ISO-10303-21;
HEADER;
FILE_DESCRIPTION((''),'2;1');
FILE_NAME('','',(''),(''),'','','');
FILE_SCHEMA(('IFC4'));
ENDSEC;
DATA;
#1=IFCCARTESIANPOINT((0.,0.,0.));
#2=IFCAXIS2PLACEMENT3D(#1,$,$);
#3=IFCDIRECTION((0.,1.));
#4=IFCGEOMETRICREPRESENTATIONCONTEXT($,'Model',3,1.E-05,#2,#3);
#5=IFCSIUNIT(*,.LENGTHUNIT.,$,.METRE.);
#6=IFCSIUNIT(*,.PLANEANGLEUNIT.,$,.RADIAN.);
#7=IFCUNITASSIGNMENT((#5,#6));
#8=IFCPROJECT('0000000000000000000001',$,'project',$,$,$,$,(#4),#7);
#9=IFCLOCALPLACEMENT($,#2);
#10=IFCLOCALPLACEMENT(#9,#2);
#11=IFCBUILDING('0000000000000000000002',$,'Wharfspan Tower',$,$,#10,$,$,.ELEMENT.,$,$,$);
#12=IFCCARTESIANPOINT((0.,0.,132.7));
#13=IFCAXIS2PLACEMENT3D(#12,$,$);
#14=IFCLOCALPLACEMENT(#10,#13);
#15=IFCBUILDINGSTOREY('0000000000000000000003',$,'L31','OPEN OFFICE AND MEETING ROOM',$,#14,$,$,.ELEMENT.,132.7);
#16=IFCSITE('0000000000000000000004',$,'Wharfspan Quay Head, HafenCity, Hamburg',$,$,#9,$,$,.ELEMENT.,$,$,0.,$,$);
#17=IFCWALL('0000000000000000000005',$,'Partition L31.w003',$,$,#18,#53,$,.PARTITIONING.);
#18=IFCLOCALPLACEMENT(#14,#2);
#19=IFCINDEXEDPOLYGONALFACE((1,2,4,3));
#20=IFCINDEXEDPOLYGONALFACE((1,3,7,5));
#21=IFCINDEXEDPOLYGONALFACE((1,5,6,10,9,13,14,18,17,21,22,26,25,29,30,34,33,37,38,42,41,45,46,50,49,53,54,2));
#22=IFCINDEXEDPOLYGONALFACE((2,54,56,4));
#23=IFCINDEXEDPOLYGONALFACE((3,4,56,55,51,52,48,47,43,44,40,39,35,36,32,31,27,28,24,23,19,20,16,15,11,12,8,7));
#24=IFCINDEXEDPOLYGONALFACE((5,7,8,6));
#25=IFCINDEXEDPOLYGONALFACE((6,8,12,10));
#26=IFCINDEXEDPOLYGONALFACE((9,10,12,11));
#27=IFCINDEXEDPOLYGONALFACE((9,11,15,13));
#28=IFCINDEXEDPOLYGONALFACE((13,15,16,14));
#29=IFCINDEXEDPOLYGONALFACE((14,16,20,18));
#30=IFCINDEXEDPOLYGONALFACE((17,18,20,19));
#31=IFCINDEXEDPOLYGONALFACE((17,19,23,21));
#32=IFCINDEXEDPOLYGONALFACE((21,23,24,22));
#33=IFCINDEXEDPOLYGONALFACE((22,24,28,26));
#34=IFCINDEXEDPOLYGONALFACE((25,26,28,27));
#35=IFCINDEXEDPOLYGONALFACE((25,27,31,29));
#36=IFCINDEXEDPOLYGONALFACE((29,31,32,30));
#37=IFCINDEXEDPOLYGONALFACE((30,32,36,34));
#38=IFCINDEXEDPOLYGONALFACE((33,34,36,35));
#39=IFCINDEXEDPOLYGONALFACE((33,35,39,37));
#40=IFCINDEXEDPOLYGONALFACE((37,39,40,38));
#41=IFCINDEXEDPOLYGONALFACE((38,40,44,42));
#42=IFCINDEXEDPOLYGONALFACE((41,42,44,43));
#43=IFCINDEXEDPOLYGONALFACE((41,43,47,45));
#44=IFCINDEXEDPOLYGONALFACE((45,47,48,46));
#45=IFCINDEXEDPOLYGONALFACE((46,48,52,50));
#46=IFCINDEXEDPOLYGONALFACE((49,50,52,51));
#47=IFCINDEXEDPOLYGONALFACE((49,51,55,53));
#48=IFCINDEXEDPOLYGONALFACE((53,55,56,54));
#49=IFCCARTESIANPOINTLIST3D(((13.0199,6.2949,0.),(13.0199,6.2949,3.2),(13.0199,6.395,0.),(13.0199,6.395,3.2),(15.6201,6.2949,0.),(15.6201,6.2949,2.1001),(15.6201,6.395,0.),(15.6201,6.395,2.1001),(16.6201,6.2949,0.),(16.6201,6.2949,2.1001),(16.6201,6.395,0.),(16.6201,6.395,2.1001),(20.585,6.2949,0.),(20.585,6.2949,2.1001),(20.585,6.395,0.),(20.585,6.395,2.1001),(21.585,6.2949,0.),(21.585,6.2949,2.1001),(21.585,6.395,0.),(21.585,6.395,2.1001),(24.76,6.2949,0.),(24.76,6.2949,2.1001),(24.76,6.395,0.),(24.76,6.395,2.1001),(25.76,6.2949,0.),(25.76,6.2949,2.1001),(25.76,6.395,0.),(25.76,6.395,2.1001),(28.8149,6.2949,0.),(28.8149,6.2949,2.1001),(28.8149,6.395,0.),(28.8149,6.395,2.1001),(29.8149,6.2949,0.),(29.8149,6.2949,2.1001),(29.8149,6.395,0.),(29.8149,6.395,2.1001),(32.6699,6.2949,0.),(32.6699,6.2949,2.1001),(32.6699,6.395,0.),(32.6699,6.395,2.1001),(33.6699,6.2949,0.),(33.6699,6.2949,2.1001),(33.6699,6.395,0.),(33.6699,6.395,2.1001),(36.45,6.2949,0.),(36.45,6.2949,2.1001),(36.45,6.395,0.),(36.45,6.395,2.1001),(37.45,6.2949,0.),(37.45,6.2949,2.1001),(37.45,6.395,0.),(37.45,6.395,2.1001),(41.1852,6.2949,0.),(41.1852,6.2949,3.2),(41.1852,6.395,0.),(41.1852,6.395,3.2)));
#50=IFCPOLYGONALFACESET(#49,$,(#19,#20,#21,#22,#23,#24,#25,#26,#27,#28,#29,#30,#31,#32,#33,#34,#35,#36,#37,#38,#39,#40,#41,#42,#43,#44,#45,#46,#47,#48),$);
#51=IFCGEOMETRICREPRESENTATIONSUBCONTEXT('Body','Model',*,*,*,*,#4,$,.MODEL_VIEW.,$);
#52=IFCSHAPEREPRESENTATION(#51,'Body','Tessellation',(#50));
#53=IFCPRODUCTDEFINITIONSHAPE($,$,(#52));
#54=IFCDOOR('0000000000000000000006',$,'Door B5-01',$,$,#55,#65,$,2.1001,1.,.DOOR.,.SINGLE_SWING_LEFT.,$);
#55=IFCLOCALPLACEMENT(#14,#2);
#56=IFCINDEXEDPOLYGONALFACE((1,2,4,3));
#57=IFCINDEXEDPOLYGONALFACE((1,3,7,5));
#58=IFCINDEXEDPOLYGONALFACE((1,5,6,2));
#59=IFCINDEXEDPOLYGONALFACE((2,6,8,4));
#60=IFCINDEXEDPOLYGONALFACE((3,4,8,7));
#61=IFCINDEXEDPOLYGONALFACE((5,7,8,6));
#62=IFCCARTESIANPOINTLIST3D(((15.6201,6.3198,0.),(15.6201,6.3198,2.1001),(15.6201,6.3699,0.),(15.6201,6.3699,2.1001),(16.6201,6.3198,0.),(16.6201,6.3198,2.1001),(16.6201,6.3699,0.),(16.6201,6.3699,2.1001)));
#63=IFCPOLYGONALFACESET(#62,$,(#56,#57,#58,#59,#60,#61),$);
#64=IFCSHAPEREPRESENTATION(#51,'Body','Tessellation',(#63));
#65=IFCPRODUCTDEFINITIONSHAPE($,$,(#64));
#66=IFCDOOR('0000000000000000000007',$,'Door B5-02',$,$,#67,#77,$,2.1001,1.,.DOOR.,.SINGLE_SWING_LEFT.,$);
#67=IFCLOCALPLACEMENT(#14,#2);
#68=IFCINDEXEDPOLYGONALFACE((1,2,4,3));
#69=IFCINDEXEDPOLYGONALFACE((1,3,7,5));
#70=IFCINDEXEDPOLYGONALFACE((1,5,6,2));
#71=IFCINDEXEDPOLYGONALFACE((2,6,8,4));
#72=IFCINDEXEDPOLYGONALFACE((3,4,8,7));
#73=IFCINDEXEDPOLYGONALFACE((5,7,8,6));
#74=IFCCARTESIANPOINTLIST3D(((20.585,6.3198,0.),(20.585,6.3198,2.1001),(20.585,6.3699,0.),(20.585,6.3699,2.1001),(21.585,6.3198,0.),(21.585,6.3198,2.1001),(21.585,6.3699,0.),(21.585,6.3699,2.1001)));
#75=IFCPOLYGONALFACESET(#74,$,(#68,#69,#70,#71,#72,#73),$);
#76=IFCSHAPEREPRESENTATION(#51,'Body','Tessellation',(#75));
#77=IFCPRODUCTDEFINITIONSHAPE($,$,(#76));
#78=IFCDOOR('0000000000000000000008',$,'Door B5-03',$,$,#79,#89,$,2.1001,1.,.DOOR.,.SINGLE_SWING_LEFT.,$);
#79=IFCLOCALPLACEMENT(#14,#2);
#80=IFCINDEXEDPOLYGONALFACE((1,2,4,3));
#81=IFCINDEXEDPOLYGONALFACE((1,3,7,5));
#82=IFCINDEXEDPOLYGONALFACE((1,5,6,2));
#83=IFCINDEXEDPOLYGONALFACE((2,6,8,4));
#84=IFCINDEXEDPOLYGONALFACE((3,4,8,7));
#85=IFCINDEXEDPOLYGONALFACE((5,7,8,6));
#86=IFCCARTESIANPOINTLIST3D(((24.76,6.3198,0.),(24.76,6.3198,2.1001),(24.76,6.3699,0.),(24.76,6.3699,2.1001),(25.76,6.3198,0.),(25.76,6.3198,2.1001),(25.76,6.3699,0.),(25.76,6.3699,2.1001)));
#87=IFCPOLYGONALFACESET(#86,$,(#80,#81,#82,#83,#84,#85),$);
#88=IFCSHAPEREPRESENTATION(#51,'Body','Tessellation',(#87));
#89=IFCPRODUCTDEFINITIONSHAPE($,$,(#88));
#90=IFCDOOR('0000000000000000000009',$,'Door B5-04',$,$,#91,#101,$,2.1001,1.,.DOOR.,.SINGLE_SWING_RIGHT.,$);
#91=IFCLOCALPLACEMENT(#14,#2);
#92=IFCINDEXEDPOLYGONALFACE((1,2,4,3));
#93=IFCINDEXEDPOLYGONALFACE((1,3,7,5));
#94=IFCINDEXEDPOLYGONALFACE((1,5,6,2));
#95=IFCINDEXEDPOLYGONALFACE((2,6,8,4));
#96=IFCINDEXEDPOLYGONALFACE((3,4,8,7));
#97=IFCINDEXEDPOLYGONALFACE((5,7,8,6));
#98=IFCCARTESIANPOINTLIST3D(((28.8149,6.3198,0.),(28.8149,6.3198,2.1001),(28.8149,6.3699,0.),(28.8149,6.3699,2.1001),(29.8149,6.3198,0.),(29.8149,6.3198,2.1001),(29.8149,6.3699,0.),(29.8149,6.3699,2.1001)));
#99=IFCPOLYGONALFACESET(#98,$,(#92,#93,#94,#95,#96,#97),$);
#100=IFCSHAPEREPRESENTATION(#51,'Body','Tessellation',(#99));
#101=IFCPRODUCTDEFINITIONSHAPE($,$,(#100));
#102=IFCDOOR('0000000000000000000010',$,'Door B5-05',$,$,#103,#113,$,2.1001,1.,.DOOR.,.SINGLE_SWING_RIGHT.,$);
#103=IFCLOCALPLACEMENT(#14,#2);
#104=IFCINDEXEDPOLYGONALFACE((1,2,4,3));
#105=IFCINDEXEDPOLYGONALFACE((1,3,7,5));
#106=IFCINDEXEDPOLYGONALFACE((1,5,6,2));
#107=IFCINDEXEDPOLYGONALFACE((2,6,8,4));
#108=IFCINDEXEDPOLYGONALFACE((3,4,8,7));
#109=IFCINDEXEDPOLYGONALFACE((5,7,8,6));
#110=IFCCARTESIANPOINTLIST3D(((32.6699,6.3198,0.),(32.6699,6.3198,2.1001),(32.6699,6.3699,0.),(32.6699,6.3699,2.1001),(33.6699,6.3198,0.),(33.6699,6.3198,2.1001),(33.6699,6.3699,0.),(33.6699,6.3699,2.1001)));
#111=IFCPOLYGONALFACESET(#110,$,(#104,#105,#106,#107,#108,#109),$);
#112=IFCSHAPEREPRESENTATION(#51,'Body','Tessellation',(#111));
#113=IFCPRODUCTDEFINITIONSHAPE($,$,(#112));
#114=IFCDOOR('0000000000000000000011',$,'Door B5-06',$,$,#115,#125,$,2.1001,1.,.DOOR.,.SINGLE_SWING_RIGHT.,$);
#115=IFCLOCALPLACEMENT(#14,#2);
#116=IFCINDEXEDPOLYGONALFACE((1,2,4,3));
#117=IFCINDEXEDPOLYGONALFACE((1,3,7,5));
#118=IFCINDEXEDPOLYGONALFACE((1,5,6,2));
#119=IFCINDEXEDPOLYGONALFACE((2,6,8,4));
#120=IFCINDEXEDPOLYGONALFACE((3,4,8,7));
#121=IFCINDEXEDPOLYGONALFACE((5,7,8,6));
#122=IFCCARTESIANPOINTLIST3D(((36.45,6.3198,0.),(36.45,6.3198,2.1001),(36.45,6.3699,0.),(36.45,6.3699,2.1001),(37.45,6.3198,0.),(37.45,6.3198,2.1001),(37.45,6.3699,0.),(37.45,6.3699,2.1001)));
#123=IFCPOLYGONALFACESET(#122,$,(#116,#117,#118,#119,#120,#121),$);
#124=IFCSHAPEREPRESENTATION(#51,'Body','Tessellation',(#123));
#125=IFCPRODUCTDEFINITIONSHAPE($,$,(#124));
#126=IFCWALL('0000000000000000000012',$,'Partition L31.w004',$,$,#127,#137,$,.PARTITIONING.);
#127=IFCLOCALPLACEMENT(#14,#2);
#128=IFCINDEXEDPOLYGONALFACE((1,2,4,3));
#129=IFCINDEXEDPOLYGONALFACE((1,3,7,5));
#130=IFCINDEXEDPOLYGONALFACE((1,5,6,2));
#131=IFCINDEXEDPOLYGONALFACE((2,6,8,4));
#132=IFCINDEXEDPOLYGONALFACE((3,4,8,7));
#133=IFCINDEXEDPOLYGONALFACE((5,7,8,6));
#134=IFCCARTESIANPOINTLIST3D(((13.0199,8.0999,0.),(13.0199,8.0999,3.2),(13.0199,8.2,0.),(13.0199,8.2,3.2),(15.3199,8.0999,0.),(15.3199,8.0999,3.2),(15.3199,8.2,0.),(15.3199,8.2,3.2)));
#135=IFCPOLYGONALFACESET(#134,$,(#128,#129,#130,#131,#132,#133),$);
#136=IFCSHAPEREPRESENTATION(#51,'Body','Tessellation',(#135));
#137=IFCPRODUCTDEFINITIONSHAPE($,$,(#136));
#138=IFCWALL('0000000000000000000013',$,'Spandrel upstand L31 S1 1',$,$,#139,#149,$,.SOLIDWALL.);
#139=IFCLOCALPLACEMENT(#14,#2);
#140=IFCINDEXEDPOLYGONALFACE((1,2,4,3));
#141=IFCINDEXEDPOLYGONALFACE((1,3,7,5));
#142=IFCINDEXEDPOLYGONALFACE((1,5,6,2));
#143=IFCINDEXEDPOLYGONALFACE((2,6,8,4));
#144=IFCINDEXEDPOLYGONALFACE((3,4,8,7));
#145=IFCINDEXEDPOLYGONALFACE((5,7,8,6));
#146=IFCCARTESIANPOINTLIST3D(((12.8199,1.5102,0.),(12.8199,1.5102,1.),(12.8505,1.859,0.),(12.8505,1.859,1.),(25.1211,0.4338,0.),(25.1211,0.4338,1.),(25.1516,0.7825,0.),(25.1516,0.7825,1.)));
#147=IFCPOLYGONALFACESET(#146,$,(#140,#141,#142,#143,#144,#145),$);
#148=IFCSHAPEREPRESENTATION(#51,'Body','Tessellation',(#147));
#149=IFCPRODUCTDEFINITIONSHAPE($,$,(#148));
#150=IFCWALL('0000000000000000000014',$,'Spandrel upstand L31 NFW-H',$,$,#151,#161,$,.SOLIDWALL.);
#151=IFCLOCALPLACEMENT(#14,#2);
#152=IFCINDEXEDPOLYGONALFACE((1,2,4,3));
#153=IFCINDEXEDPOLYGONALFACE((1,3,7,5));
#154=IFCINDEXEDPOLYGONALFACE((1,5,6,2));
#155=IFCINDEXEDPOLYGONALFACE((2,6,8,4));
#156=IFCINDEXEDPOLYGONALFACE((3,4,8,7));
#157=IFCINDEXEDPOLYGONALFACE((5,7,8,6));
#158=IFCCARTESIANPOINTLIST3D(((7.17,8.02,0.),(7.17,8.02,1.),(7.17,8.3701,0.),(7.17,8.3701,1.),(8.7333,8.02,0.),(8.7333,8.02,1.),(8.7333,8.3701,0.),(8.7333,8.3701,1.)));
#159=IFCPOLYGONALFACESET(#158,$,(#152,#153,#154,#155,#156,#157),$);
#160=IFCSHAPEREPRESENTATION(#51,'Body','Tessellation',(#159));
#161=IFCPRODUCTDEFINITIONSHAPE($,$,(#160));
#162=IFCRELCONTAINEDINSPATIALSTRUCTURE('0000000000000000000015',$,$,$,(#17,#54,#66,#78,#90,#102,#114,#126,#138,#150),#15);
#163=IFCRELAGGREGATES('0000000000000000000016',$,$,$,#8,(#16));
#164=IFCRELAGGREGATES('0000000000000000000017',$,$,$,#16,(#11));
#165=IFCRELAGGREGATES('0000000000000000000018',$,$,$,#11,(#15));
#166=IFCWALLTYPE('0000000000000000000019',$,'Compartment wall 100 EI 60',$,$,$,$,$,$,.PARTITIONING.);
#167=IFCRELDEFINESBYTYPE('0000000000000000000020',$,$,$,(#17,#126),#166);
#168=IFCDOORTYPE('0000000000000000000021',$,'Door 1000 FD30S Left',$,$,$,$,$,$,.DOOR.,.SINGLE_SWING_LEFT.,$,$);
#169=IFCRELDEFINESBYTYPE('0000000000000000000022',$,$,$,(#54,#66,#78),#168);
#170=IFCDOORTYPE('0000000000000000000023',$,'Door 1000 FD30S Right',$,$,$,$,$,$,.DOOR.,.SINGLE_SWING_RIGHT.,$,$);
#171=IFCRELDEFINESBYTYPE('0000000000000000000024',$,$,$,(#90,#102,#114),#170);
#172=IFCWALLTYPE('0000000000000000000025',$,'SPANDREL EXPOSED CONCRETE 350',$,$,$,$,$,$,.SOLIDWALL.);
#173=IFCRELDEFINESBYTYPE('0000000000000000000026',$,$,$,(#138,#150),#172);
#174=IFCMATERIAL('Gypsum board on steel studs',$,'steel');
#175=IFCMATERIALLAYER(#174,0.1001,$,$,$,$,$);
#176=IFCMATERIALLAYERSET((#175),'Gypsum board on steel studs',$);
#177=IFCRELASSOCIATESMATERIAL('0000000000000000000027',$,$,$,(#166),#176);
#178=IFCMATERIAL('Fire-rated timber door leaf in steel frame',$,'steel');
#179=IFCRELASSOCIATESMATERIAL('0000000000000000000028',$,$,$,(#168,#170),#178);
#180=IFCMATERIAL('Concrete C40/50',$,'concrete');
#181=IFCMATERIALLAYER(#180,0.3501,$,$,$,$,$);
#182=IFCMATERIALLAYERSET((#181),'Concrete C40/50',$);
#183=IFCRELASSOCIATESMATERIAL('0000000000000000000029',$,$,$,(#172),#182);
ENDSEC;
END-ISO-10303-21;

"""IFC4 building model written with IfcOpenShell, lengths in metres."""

from ifc_helpers import new_model, si_unit, direction, frame, frame_2d, origin, place, context, subcontext, project, spatial, rectangle, extrude, material, layer, layer_set, type_object, element, fill, save


model = new_model("IFC4")

# Units and contexts
model_context = context("Model", 3, precision=1e-05, world=origin(), true_north=direction((0.0, 1.0)))
body_context = subcontext(model_context, "Body", "Model", "MODEL_VIEW")
ifc_project = project(units=[si_unit("LENGTHUNIT", "METRE"), si_unit("PLANEANGLEUNIT", "RADIAN")], contexts=[model_context])

# Site, building, storey
site_placement = place(None, origin())
site = spatial("IfcSite", under=ifc_project, at=site_placement, Name="Wharfspan Quay Head, HafenCity, Hamburg", CompositionType="ELEMENT", RefElevation=0.0)
building_placement = place(site_placement, origin())
building = spatial("IfcBuilding", under=site, at=building_placement, Name="Wharfspan Tower", CompositionType="ELEMENT")
storey_placement = place(building_placement, frame((0.0, 0.0, 132.7)))
storey = spatial("IfcBuildingStorey", under=building, at=storey_placement, Name="L31", Description="OPEN OFFICE AND MEETING ROOM", CompositionType="ELEMENT", Elevation=132.7)

# Shared definitions
ifc_material_1 = material(Name="Concrete C40/50", Category="concrete")

# Shared definitions
ifc_material_2 = material(Name="Gypsum board on steel studs", Category="steel")
ifc_layer_1 = layer(ifc_material_2, 0.1001)
ifc_layer_set_1 = layer_set([ifc_layer_1], Name="Gypsum board on steel studs")
wall_type_1 = type_object("IfcWallType", Name="Compartment wall 100 EI 60", PredefinedType="PARTITIONING", material=ifc_layer_set_1)

# Wall, openings, doors
wall_1_placement = place(storey_placement, frame((13.02, 6.345, 0.0), z_axis=(0.0, 0.0, 1.0), x_axis=(1.0, 0.0, 0.0)))
wall_1 = element("IfcWall", 1, at=wall_1_placement, inside=storey, type_object=wall_type_1, Name="Partition L31.w003", PredefinedType="PARTITIONING", context=body_context, shape_type="SweptSolid", body=[
    extrude(rectangle(XDim=28.1653, YDim=0.1001, at=frame_2d((14.0825, 0.0))), origin(), (0.0, 0.0, 1.0), 3.2),
])
opening_1_placement = place(wall_1_placement, frame((2.6001, 0.0, 0.0)))
opening_1 = element("IfcOpeningElement", 2, at=opening_1_placement, cuts=wall_1, PredefinedType="OPENING", context=body_context, shape_type="SweptSolid", body=[
    extrude(rectangle(XDim=1.0, YDim=2.1001, at=frame_2d((0.5, 1.05))), frame((0.0, 0.0601, 0.0), z_axis=(0.0, -1.0, 0.0), x_axis=(1.0, 0.0, 0.0)), (0.0, 0.0, 1.0), 0.1201),
])
opening_2_placement = place(wall_1_placement, frame((7.5649, 0.0, 0.0)))
opening_2 = element("IfcOpeningElement", 3, at=opening_2_placement, cuts=wall_1, PredefinedType="OPENING", context=body_context, shape_type="SweptSolid", body=[
    extrude(rectangle(XDim=1.0, YDim=2.1001, at=frame_2d((0.5, 1.05))), frame((0.0, 0.0601, 0.0), z_axis=(0.0, -1.0, 0.0), x_axis=(1.0, 0.0, 0.0)), (0.0, 0.0, 1.0), 0.1201),
])
opening_3_placement = place(wall_1_placement, frame((11.74, 0.0, 0.0)))
opening_3 = element("IfcOpeningElement", 4, at=opening_3_placement, cuts=wall_1, PredefinedType="OPENING", context=body_context, shape_type="SweptSolid", body=[
    extrude(rectangle(XDim=1.0, YDim=2.1001, at=frame_2d((0.5, 1.05))), frame((0.0, 0.0601, 0.0), z_axis=(0.0, -1.0, 0.0), x_axis=(1.0, 0.0, 0.0)), (0.0, 0.0, 1.0), 0.1201),
])
opening_4_placement = place(wall_1_placement, frame((15.7949, 0.0, 0.0)))
opening_4 = element("IfcOpeningElement", 5, at=opening_4_placement, cuts=wall_1, PredefinedType="OPENING", context=body_context, shape_type="SweptSolid", body=[
    extrude(rectangle(XDim=1.0, YDim=2.1001, at=frame_2d((0.5, 1.05))), frame((0.0, 0.0601, 0.0), z_axis=(0.0, -1.0, 0.0), x_axis=(1.0, 0.0, 0.0)), (0.0, 0.0, 1.0), 0.1201),
])
opening_5_placement = place(wall_1_placement, frame((19.6499, 0.0, 0.0)))
opening_5 = element("IfcOpeningElement", 6, at=opening_5_placement, cuts=wall_1, PredefinedType="OPENING", context=body_context, shape_type="SweptSolid", body=[
    extrude(rectangle(XDim=1.0, YDim=2.1001, at=frame_2d((0.5, 1.05))), frame((0.0, 0.0601, 0.0), z_axis=(0.0, -1.0, 0.0), x_axis=(1.0, 0.0, 0.0)), (0.0, 0.0, 1.0), 0.1201),
])
opening_6_placement = place(wall_1_placement, frame((23.4299, 0.0, 0.0)))
opening_6 = element("IfcOpeningElement", 7, at=opening_6_placement, cuts=wall_1, PredefinedType="OPENING", context=body_context, shape_type="SweptSolid", body=[
    extrude(rectangle(XDim=1.0, YDim=2.1001, at=frame_2d((0.5, 1.05))), frame((0.0, 0.0601, 0.0), z_axis=(0.0, -1.0, 0.0), x_axis=(1.0, 0.0, 0.0)), (0.0, 0.0, 1.0), 0.1201),
])
ifc_material_3 = material(Name="Fire-rated timber door leaf in steel frame", Category="steel")
door_type_1 = type_object("IfcDoorType", Name="Door 1000 FD30S Left", OperationType="SINGLE_SWING_LEFT", PredefinedType="DOOR", material=ifc_material_3)
door_1_placement = place(opening_1_placement, origin())
door_1 = element("IfcDoor", 8, at=door_1_placement, inside=storey, type_object=door_type_1, Name="Door B5-01", OperationType="SINGLE_SWING_LEFT", OverallHeight=2.1001, OverallWidth=1.0, PredefinedType="DOOR", context=body_context, shape_type="SweptSolid", body=[
    extrude(rectangle(XDim=1.0, YDim=2.1001, at=frame_2d((0.5, 1.05))), frame((0.0, 0.0249, 0.0), z_axis=(0.0, -1.0, 0.0), x_axis=(1.0, 0.0, 0.0)), (0.0, 0.0, 1.0), 0.05),
])
fill(opening_1, door_1)
door_2_placement = place(opening_2_placement, origin())
door_2 = element("IfcDoor", 9, at=door_2_placement, inside=storey, type_object=door_type_1, Name="Door B5-02", OperationType="SINGLE_SWING_LEFT", OverallHeight=2.1001, OverallWidth=1.0, PredefinedType="DOOR", context=body_context, shape_type="SweptSolid", body=[
    extrude(rectangle(XDim=1.0, YDim=2.1001, at=frame_2d((0.5, 1.05))), frame((0.0, 0.0249, 0.0), z_axis=(0.0, -1.0, 0.0), x_axis=(1.0, 0.0, 0.0)), (0.0, 0.0, 1.0), 0.05),
])
fill(opening_2, door_2)
door_3_placement = place(opening_3_placement, origin())
door_3 = element("IfcDoor", 10, at=door_3_placement, inside=storey, type_object=door_type_1, Name="Door B5-03", OperationType="SINGLE_SWING_LEFT", OverallHeight=2.1001, OverallWidth=1.0, PredefinedType="DOOR", context=body_context, shape_type="SweptSolid", body=[
    extrude(rectangle(XDim=1.0, YDim=2.1001, at=frame_2d((0.5, 1.05))), frame((0.0, 0.0249, 0.0), z_axis=(0.0, -1.0, 0.0), x_axis=(1.0, 0.0, 0.0)), (0.0, 0.0, 1.0), 0.05),
])
fill(opening_3, door_3)
door_type_2 = type_object("IfcDoorType", Name="Door 1000 FD30S Right", OperationType="SINGLE_SWING_RIGHT", PredefinedType="DOOR", material=ifc_material_3)
door_4_placement = place(opening_4_placement, origin())
door_4 = element("IfcDoor", 11, at=door_4_placement, inside=storey, type_object=door_type_2, Name="Door B5-04", OperationType="SINGLE_SWING_RIGHT", OverallHeight=2.1001, OverallWidth=1.0, PredefinedType="DOOR", context=body_context, shape_type="SweptSolid", body=[
    extrude(rectangle(XDim=1.0, YDim=2.1001, at=frame_2d((0.5, 1.05))), frame((0.0, 0.0249, 0.0), z_axis=(0.0, -1.0, 0.0), x_axis=(1.0, 0.0, 0.0)), (0.0, 0.0, 1.0), 0.05),
])
fill(opening_4, door_4)
door_5_placement = place(opening_5_placement, origin())
door_5 = element("IfcDoor", 12, at=door_5_placement, inside=storey, type_object=door_type_2, Name="Door B5-05", OperationType="SINGLE_SWING_RIGHT", OverallHeight=2.1001, OverallWidth=1.0, PredefinedType="DOOR", context=body_context, shape_type="SweptSolid", body=[
    extrude(rectangle(XDim=1.0, YDim=2.1001, at=frame_2d((0.5, 1.05))), frame((0.0, 0.0249, 0.0), z_axis=(0.0, -1.0, 0.0), x_axis=(1.0, 0.0, 0.0)), (0.0, 0.0, 1.0), 0.05),
])
fill(opening_5, door_5)
door_6_placement = place(opening_6_placement, origin())
door_6 = element("IfcDoor", 13, at=door_6_placement, inside=storey, type_object=door_type_2, Name="Door B5-06", OperationType="SINGLE_SWING_RIGHT", OverallHeight=2.1001, OverallWidth=1.0, PredefinedType="DOOR", context=body_context, shape_type="SweptSolid", body=[
    extrude(rectangle(XDim=1.0, YDim=2.1001, at=frame_2d((0.5, 1.05))), frame((0.0, 0.0249, 0.0), z_axis=(0.0, -1.0, 0.0), x_axis=(1.0, 0.0, 0.0)), (0.0, 0.0, 1.0), 0.05),
])
fill(opening_6, door_6)

# Walls
wall_2_placement = place(storey_placement, frame((13.02, 8.1499, 0.0), z_axis=(0.0, 0.0, 1.0), x_axis=(1.0, 0.0, 0.0)))
element("IfcWall", 14, at=wall_2_placement, inside=storey, type_object=wall_type_1, Name="Partition L31.w004", PredefinedType="PARTITIONING", context=body_context, shape_type="SweptSolid", body=[
    extrude(rectangle(XDim=2.3, YDim=0.1001, at=frame_2d((1.1499, 0.0))), origin(), (0.0, 0.0, 1.0), 3.2),
])
ifc_layer_2 = layer(ifc_material_1, 0.3501)
ifc_layer_set_2 = layer_set([ifc_layer_2], Name="Concrete C40/50")
wall_type_2 = type_object("IfcWallType", Name="SPANDREL EXPOSED CONCRETE 350", PredefinedType="SOLIDWALL", material=ifc_layer_set_2)
wall_3_placement = place(storey_placement, frame((12.8352, 1.6846, 0.0), z_axis=(0.0, 0.0, 1.0), x_axis=(0.996192, -0.087173, 0.0)))
element("IfcWall", 15, at=wall_3_placement, inside=storey, type_object=wall_type_2, Name="Spandrel upstand L31 S1 1", PredefinedType="SOLIDWALL", context=body_context, shape_type="SweptSolid", body=[
    extrude(rectangle(XDim=12.3481, YDim=0.3501, at=frame_2d((6.1741, 0.0))), origin(), (0.0, 0.0, 1.0), 1.0),
])
wall_4_placement = place(storey_placement, frame((7.1699, 8.1951, 0.0), z_axis=(0.0, 0.0, 1.0), x_axis=(1.0, 0.0, 0.0)))
element("IfcWall", 16, at=wall_4_placement, inside=storey, type_object=wall_type_2, Name="Spandrel upstand L31 NFW-H", PredefinedType="SOLIDWALL", context=body_context, shape_type="SweptSolid", body=[
    extrude(rectangle(XDim=1.5632, YDim=0.3501, at=frame_2d((0.7817, 0.0))), origin(), (0.0, 0.0, 1.0), 1.0),
])

save(model, "model.ifc")
